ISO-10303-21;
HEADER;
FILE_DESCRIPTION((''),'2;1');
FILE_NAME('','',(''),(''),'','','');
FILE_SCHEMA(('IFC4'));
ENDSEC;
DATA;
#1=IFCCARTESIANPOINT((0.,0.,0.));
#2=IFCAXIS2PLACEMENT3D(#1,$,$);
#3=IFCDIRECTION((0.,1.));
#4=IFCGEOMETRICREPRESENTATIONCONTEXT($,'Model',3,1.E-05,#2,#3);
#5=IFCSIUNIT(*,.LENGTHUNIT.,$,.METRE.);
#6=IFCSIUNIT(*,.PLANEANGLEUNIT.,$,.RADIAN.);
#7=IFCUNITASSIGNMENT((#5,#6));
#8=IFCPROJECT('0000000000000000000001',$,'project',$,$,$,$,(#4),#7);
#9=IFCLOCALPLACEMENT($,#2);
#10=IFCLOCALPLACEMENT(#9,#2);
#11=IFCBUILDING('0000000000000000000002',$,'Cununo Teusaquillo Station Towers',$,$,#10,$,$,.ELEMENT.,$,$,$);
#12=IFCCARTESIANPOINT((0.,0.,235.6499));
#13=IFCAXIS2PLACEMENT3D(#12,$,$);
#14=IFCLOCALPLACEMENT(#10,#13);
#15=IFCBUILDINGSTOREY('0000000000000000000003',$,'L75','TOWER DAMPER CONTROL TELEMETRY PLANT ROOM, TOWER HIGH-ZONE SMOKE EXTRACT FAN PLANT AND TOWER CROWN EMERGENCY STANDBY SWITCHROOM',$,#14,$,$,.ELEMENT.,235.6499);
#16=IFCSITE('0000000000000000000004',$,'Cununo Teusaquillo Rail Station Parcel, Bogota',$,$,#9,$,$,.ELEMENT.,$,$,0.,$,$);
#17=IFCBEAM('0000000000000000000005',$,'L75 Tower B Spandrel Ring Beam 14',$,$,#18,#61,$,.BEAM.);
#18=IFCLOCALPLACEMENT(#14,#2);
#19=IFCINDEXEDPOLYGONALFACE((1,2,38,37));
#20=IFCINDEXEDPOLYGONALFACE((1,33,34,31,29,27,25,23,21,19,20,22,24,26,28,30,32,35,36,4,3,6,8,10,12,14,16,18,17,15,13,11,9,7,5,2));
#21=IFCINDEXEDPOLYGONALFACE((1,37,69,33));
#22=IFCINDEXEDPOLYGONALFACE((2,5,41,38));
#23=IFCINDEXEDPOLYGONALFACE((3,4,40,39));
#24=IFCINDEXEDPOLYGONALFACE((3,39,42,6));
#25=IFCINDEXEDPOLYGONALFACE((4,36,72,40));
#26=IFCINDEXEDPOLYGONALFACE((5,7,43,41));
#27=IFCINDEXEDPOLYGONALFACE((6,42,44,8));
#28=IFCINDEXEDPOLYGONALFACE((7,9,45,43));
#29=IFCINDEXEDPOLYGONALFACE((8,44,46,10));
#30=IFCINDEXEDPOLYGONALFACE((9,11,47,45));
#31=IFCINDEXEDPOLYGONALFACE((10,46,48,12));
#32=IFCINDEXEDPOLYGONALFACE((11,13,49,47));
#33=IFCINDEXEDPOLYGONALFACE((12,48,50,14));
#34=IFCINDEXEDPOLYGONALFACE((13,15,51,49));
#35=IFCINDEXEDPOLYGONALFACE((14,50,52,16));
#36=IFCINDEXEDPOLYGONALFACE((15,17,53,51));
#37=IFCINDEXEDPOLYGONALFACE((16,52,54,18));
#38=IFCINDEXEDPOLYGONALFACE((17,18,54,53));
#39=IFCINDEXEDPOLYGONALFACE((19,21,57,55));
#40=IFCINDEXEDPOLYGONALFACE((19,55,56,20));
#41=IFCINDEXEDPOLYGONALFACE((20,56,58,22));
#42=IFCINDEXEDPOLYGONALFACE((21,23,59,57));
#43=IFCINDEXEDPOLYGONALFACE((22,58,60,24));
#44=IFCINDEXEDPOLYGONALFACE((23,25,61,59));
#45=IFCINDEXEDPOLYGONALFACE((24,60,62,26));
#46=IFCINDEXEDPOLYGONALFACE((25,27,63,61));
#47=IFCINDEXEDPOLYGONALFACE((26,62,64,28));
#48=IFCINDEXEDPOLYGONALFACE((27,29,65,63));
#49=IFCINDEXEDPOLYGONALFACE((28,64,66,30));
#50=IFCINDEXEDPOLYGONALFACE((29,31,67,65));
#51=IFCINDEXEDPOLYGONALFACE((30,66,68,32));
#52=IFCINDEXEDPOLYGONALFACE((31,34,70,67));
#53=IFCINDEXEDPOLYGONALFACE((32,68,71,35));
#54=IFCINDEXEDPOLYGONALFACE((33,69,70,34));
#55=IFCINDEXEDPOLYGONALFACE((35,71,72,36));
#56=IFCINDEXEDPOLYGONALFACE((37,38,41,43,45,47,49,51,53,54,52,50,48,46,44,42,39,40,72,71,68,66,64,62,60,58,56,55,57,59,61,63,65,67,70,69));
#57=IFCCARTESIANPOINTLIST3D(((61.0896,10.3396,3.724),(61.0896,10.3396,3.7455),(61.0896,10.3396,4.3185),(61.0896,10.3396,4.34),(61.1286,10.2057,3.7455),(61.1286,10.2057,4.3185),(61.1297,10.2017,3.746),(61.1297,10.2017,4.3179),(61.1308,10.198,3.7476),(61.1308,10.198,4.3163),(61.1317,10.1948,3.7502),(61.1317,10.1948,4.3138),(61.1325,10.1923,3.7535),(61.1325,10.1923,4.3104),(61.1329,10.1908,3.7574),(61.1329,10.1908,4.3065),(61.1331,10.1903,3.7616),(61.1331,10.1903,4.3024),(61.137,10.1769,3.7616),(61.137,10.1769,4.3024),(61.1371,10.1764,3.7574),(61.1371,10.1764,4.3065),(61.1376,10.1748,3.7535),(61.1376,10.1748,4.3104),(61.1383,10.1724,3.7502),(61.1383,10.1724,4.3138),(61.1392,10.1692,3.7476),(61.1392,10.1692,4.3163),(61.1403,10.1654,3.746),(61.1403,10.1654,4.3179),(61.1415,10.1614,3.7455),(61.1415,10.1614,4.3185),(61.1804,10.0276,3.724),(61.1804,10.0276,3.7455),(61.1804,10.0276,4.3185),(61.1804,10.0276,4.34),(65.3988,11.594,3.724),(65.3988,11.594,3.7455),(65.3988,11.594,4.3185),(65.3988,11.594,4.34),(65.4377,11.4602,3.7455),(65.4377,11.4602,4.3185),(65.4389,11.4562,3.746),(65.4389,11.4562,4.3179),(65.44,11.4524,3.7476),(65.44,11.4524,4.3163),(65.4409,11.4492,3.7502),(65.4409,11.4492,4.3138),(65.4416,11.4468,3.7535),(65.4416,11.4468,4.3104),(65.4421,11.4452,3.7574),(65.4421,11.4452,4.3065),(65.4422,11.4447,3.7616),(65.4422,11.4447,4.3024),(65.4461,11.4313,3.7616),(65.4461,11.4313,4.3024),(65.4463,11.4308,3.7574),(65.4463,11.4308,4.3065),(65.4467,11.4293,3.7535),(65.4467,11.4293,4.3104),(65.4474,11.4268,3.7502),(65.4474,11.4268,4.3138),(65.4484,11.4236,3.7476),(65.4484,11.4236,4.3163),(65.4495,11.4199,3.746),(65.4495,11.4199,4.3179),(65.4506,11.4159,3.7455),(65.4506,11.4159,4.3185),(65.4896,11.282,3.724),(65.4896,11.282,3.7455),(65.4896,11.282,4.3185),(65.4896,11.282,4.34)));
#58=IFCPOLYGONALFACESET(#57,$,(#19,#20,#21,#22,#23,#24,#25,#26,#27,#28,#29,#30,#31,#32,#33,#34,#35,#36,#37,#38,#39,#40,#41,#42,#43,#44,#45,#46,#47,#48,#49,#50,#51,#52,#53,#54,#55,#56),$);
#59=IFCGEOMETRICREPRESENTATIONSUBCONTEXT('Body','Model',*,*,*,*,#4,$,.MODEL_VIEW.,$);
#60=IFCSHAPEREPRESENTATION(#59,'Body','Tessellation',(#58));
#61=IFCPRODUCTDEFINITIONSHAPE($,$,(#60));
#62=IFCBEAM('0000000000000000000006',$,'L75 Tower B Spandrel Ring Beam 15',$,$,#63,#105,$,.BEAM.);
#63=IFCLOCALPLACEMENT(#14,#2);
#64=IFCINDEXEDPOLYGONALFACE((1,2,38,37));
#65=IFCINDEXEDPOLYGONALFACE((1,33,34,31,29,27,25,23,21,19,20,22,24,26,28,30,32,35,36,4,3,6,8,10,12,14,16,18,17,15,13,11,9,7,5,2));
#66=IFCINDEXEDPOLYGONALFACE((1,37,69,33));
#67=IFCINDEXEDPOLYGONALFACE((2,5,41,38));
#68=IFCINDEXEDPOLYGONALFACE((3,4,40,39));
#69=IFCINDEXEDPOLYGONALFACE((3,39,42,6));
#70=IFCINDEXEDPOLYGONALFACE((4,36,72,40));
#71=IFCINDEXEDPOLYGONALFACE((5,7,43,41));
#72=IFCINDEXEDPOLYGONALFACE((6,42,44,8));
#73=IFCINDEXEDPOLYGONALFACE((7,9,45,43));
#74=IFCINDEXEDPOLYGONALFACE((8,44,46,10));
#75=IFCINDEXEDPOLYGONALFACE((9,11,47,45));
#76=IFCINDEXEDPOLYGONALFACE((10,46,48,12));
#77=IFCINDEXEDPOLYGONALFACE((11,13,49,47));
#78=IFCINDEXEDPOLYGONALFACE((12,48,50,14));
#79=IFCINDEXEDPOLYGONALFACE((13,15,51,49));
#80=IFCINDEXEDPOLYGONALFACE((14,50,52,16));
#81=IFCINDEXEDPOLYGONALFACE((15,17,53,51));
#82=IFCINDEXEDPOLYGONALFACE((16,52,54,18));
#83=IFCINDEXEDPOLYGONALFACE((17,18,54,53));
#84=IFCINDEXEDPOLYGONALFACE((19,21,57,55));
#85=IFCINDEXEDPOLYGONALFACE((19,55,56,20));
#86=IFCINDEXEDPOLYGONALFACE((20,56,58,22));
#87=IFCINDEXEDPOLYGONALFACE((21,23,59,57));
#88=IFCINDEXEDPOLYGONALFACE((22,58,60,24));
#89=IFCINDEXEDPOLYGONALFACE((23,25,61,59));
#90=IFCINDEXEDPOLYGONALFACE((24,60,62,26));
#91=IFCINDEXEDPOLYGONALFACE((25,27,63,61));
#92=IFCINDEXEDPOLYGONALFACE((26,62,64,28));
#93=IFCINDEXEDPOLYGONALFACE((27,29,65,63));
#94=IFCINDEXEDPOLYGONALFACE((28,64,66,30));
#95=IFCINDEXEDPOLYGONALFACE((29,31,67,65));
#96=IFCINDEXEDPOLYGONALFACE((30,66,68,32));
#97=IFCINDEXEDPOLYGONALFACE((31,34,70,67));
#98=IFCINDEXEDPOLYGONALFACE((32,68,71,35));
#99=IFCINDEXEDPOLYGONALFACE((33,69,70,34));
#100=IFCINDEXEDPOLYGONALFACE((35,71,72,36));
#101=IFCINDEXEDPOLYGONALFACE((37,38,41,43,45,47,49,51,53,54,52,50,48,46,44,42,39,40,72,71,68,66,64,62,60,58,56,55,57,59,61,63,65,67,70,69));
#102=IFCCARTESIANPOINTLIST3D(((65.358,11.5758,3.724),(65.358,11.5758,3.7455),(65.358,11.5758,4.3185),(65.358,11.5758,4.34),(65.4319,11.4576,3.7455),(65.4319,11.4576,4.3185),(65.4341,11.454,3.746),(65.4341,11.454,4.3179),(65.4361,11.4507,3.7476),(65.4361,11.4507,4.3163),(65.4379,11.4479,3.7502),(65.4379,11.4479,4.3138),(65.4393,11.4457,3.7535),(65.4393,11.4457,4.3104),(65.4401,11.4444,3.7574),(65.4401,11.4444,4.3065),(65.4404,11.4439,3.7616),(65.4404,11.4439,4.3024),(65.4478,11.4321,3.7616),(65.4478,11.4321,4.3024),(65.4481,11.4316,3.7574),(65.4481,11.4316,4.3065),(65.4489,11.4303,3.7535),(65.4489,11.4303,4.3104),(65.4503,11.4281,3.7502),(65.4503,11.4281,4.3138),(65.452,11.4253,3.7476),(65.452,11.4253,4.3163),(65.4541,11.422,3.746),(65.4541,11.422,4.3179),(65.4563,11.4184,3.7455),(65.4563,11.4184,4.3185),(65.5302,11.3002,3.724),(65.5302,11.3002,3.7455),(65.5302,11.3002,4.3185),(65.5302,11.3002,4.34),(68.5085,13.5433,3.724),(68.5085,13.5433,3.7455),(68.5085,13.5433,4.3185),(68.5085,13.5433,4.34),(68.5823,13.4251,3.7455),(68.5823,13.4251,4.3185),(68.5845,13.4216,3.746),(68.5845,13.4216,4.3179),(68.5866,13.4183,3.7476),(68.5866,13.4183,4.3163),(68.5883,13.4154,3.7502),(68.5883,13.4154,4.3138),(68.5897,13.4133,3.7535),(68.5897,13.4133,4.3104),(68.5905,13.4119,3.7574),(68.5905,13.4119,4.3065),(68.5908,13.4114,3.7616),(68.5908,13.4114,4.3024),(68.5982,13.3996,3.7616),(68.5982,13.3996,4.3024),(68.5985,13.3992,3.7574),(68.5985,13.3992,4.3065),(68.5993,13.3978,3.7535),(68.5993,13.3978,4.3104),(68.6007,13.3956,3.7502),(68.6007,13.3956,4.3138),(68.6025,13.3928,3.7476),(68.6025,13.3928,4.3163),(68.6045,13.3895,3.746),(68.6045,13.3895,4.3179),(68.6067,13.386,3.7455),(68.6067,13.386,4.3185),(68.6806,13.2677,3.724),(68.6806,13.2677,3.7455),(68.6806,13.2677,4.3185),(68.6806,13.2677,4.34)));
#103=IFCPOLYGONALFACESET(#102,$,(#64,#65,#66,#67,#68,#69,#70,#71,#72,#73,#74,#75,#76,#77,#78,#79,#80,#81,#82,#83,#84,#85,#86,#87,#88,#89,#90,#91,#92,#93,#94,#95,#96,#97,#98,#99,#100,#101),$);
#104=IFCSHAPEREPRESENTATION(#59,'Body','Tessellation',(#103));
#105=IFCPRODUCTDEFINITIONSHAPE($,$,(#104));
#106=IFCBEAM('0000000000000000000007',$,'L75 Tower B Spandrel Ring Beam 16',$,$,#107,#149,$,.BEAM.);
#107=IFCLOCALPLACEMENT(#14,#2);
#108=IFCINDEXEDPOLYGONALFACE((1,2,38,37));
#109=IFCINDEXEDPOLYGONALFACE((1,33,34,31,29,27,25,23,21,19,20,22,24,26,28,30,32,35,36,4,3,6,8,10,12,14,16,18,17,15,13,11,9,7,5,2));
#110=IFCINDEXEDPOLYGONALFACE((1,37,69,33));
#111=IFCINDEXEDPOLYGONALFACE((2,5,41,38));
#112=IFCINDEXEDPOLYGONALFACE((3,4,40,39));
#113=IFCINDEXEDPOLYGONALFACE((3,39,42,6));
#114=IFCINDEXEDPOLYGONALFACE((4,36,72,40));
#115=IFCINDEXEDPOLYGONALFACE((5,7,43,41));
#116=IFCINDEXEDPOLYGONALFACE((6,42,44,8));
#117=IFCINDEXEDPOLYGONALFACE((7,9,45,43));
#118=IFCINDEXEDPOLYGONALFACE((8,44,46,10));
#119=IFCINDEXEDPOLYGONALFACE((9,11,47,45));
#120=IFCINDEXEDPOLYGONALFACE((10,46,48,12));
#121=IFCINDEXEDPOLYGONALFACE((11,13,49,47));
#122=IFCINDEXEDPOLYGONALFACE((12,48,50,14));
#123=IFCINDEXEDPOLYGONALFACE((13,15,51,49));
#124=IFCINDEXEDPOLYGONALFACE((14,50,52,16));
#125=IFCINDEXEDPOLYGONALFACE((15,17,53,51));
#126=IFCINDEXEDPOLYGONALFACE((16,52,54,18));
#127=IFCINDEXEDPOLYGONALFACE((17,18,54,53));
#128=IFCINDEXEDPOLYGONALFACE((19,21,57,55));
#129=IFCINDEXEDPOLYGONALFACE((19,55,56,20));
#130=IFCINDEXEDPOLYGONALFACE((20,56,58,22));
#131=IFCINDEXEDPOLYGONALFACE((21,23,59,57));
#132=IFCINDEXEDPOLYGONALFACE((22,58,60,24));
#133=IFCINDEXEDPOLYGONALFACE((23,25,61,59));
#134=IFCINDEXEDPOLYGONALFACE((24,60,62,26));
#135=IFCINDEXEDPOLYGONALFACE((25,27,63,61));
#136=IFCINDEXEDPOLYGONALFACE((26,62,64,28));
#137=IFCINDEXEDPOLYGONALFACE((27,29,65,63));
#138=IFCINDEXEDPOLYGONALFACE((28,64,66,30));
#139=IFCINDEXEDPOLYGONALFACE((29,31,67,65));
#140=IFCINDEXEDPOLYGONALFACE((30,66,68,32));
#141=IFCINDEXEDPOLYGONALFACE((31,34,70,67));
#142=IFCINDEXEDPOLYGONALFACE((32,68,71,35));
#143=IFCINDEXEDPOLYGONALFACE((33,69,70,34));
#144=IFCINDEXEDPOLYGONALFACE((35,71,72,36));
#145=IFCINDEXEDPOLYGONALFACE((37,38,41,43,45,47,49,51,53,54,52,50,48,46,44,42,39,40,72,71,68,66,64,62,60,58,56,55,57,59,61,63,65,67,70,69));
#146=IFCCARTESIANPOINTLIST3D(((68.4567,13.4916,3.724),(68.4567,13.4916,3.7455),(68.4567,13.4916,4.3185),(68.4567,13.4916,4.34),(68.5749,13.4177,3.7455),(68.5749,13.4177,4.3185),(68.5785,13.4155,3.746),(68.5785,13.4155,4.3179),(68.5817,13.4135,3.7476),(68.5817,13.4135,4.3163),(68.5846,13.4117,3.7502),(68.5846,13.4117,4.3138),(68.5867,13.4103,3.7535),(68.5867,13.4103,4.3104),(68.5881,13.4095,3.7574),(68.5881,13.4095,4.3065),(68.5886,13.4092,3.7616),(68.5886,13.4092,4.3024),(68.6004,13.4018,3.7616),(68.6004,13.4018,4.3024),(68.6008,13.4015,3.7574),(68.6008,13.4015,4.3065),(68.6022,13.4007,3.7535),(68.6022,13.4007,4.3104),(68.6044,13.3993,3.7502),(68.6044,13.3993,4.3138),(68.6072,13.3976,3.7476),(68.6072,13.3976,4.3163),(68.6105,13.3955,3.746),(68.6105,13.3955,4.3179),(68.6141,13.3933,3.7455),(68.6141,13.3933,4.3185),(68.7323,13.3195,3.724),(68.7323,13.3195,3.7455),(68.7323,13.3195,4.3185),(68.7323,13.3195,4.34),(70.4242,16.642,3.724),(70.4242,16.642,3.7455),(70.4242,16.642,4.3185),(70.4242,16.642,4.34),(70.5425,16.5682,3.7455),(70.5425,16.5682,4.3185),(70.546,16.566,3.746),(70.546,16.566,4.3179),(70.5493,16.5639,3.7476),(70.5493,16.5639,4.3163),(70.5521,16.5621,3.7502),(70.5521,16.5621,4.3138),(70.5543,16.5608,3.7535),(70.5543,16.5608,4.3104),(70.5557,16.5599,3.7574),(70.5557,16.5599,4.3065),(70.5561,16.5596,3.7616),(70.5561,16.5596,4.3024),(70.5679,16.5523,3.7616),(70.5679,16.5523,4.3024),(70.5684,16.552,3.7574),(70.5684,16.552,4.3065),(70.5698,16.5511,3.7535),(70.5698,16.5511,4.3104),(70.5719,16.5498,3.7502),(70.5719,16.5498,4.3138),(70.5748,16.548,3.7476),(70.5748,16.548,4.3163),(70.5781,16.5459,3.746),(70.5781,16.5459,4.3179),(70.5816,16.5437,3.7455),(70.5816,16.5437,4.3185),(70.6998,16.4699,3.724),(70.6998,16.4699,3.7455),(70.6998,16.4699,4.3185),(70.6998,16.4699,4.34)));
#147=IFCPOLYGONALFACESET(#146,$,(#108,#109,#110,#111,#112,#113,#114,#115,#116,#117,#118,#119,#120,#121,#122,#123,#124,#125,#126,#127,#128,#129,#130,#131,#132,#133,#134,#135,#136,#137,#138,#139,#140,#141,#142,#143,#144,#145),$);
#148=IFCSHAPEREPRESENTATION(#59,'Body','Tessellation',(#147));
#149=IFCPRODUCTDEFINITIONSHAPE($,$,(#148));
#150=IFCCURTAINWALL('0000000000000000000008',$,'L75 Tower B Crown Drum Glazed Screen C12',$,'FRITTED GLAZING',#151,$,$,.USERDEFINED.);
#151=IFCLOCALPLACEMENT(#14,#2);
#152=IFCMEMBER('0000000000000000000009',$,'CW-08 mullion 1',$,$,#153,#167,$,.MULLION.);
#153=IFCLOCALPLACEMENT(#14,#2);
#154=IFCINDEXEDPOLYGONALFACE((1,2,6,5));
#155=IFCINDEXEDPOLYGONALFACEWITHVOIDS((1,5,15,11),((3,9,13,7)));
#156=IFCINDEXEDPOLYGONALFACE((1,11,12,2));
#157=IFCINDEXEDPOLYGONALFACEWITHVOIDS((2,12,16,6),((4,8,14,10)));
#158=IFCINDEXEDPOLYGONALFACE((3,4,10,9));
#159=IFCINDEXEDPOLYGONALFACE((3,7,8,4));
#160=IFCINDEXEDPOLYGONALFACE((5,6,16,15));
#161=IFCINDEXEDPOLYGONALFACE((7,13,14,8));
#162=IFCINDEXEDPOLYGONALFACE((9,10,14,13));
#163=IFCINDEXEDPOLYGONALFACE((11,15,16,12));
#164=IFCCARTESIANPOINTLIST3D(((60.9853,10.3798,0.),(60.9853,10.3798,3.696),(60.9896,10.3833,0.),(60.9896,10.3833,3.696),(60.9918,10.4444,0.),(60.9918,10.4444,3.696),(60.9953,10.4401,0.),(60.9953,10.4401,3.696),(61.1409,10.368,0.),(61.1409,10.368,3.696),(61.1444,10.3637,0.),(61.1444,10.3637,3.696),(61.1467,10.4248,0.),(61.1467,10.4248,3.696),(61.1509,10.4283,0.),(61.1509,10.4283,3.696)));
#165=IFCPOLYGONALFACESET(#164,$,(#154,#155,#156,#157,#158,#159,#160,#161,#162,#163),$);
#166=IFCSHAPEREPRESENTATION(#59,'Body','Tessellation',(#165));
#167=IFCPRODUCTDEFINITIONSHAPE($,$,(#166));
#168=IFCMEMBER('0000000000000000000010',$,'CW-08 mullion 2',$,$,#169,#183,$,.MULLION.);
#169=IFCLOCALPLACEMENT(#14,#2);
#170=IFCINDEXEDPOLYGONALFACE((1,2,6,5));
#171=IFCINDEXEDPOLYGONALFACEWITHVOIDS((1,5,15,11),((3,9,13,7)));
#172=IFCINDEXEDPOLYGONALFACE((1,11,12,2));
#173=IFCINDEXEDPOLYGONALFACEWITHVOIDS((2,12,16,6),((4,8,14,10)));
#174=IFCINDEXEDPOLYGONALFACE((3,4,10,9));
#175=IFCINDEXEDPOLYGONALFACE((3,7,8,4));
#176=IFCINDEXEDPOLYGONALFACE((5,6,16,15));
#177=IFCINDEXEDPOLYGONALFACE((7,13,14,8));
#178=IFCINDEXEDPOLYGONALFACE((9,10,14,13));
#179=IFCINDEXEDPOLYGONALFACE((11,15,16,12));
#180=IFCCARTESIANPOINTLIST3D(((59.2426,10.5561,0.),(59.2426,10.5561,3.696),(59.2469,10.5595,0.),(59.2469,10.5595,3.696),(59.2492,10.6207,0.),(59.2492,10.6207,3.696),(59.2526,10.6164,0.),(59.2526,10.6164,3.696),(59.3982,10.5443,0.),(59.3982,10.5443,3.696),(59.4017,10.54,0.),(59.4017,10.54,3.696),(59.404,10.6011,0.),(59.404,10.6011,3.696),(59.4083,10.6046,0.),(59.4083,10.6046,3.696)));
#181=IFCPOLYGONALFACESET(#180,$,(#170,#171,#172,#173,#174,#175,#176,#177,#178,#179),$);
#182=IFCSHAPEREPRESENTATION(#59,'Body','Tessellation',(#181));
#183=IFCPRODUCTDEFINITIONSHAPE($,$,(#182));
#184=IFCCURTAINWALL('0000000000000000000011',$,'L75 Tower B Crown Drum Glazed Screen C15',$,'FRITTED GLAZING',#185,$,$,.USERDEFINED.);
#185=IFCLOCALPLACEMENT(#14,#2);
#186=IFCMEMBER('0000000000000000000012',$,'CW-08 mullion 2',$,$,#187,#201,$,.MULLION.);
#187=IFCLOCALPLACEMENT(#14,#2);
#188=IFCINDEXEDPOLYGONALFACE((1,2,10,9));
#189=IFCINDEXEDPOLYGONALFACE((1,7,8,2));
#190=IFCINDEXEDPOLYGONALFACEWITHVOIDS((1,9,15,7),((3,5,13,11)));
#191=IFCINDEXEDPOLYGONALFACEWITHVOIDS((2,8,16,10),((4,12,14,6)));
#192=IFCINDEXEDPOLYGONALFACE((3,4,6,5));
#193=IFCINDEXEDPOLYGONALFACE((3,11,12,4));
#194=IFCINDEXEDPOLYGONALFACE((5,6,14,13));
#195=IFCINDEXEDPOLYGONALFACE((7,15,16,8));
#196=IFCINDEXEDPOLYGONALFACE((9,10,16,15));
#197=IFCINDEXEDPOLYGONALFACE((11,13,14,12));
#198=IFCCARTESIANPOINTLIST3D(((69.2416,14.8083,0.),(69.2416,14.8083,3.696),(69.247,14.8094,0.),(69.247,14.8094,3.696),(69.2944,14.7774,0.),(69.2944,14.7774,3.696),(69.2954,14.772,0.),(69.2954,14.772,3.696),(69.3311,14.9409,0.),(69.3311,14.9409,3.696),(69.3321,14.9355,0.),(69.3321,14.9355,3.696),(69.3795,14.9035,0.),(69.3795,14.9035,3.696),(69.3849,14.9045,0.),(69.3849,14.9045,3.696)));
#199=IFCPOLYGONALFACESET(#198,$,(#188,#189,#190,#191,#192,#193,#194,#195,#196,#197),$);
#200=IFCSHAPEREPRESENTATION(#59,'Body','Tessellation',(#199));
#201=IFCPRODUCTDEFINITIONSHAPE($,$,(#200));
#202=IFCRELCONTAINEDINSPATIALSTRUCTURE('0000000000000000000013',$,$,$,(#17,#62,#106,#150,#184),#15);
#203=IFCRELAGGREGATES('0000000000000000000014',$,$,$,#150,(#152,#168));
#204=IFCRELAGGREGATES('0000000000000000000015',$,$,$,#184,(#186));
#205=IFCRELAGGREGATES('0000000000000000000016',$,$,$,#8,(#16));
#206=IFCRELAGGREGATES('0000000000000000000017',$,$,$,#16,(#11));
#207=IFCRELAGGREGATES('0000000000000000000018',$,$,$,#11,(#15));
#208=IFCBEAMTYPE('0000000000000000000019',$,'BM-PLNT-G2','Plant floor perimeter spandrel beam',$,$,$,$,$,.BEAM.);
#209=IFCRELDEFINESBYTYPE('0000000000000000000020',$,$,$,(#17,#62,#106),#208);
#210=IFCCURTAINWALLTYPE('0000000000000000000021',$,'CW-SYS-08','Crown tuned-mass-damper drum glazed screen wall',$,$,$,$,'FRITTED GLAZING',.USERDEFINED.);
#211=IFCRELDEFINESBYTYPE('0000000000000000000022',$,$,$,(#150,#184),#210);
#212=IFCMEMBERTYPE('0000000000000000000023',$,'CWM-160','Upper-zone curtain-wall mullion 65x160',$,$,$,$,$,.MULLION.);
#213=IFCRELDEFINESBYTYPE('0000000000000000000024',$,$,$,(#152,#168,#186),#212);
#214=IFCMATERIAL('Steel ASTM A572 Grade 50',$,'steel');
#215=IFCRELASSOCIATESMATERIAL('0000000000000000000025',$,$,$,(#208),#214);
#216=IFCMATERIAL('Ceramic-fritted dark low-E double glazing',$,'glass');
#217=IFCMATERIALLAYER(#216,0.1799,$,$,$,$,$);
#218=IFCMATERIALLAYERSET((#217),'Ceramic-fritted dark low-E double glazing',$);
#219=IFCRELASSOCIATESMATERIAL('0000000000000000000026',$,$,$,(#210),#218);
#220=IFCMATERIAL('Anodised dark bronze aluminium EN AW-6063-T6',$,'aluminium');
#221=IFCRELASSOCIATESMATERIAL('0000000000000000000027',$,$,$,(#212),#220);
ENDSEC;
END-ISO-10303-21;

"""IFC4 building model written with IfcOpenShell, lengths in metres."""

from ifc_helpers import new_model, si_unit, direction, frame, origin, origin_2d, place, context, subcontext, project, spatial, hollow_rectangle, i_section, extrude, material, layer, layer_set, material_profile, profile_set, type_object, element, aggregate, save


model = new_model("IFC4")

# Units and contexts
model_context = context("Model", 3, precision=1e-05, world=origin(), true_north=direction((0.0, 1.0)))
body_context = subcontext(model_context, "Body", "Model", "MODEL_VIEW")
ifc_project = project(units=[si_unit("LENGTHUNIT", "METRE"), si_unit("PLANEANGLEUNIT", "RADIAN")], contexts=[model_context])

# Site, building, storey
site_placement = place(None, origin())
site = spatial("IfcSite", under=ifc_project, at=site_placement, Name="Cununo Teusaquillo Rail Station Parcel, Bogota", CompositionType="ELEMENT", RefElevation=0.0)
building_placement = place(site_placement, origin())
building = spatial("IfcBuilding", under=site, at=building_placement, Name="Cununo Teusaquillo Station Towers", CompositionType="ELEMENT")
storey_placement = place(building_placement, frame((0.0, 0.0, 235.6499)))
storey = spatial("IfcBuildingStorey", under=building, at=storey_placement, Name="L75", Description="TOWER DAMPER CONTROL TELEMETRY PLANT ROOM, TOWER HIGH-ZONE SMOKE EXTRACT FAN PLANT AND TOWER CROWN EMERGENCY STANDBY SWITCHROOM", CompositionType="ELEMENT", Elevation=235.6499)

# Beams
ifc_material_1 = material(Name="Steel ASTM A572 Grade 50", Category="steel")
ifc_material_profile_1 = material_profile(ifc_material_1, i_section(OverallWidth=0.325, OverallDepth=0.616, WebThickness=0.0139, FlangeThickness=0.0215, FilletRadius=0.0161, at=origin_2d()), Name="W24X117")
ifc_profile_set_1 = profile_set([ifc_material_profile_1], Name="Steel ASTM A572 Grade 50")
beam_type_1 = type_object("IfcBeamType", Name="BM-PLNT-G2", Description="Plant floor perimeter spandrel beam", PredefinedType="BEAM", material=ifc_profile_set_1)
beam_1_placement = place(storey_placement, frame((61.135, 10.1836, 4.032), z_axis=(0.960145, 0.279503, 0.0), x_axis=(-0.279503, 0.960145, 0.0)))
element("IfcBeam", 1, at=beam_1_placement, inside=storey, type_object=beam_type_1, Name="L75 Tower B Spandrel Ring Beam 14", PredefinedType="BEAM", context=body_context, shape_type="SweptSolid", body=[
    extrude(i_section(OverallWidth=0.325, OverallDepth=0.616, WebThickness=0.0139, FlangeThickness=0.0215, FilletRadius=0.0161, at=origin_2d()), origin(), (0.0, 0.0, 1.0), 4.488),
])
for number, where, z_axis, x_axis, name in (
    (2, (65.4441, 11.438, 4.032), (0.848176, 0.529715, 0.0), (-0.529715, 0.848176, 0.0), "L75 Tower B Spandrel Ring Beam 15"),
    (3, (68.5945, 13.4055, 4.032), (0.529715, 0.848176, 0.0), (-0.848176, 0.529715, 0.0), "L75 Tower B Spandrel Ring Beam 16"),
):
    element("IfcBeam", number, at=place(storey_placement, frame(where, z_axis=z_axis, x_axis=x_axis)), inside=storey, type_object=beam_type_1, Name=name, PredefinedType="BEAM", context=body_context, shape_type="SweptSolid", body=[
        extrude(i_section(OverallWidth=0.325, OverallDepth=0.616, WebThickness=0.0139, FlangeThickness=0.0215, FilletRadius=0.0161, at=origin_2d()), origin(), (0.0, 0.0, 1.0), 3.7144),
    ])

# Curtain walls, members
ifc_material_2 = material(Name="Ceramic-fritted dark low-E double glazing", Category="glass")
ifc_layer_1 = layer(ifc_material_2, 0.1799)
ifc_layer_set_1 = layer_set([ifc_layer_1], Name="Ceramic-fritted dark low-E double glazing")
curtain_wall_type = type_object("IfcCurtainWallType", Name="CW-SYS-08", Description="Crown tuned-mass-damper drum glazed screen wall", ElementType="FRITTED GLAZING", PredefinedType="USERDEFINED", material=ifc_layer_set_1)
curtain_wall_1_placement = place(storey_placement, origin())
curtain_wall_1 = element("IfcCurtainWall", 4, at=curtain_wall_1_placement, inside=storey, type_object=curtain_wall_type, Name="L75 Tower B Crown Drum Glazed Screen C12", ObjectType="FRITTED GLAZING", PredefinedType="USERDEFINED")
ifc_material_3 = material(Name="Anodised dark bronze aluminium EN AW-6063-T6", Category="aluminium")
ifc_material_profile_2 = material_profile(ifc_material_3, hollow_rectangle(XDim=0.0649, YDim=0.1599, WallThickness=0.0039, at=origin_2d()), Name="CW-MULL-65x160")
ifc_profile_set_2 = profile_set([ifc_material_profile_2], Name="Anodised dark bronze aluminium EN AW-6063-T6")
member_type_1 = type_object("IfcMemberType", Name="CWM-160", Description="Upper-zone curtain-wall mullion 65x160", PredefinedType="MULLION", material=ifc_profile_set_2)
member_1_placement = place(storey_placement, frame((61.0681, 10.4041, 0.0), z_axis=(0.0, 0.0, 1.0), x_axis=(-0.100528, -0.994934, 0.0)))
member_1 = element("IfcMember", 5, at=member_1_placement, type_object=member_type_1, Name="CW-08 mullion 1", PredefinedType="MULLION", context=body_context, shape_type="SweptSolid", body=[
    extrude(hollow_rectangle(XDim=0.0649, YDim=0.1599, WallThickness=0.0039, at=origin_2d()), origin(), (0.0, 0.0, 1.0), 3.696),
])
member_2_placement = place(storey_placement, frame((59.3254, 10.5803, 0.0), z_axis=(0.0, 0.0, 1.0), x_axis=(-0.100528, -0.994934, 0.0)))
member_2 = element("IfcMember", 6, at=member_2_placement, type_object=member_type_1, Name="CW-08 mullion 2", PredefinedType="MULLION", context=body_context, shape_type="SweptSolid", body=[
    extrude(hollow_rectangle(XDim=0.0649, YDim=0.1599, WallThickness=0.0039, at=origin_2d()), origin(), (0.0, 0.0, 1.0), 3.696),
])
curtain_wall_2_placement = place(storey_placement, origin())
curtain_wall_2 = element("IfcCurtainWall", 7, at=curtain_wall_2_placement, inside=storey, type_object=curtain_wall_type, Name="L75 Tower B Crown Drum Glazed Screen C15", ObjectType="FRITTED GLAZING", PredefinedType="USERDEFINED")
member_3_placement = place(storey_placement, frame((69.3132, 14.8564, 0.0), z_axis=(0.0, 0.0, 1.0), x_axis=(0.828827, -0.559505, 0.0)))
member_3 = element("IfcMember", 8, at=member_3_placement, type_object=member_type_1, Name="CW-08 mullion 2", PredefinedType="MULLION", context=body_context, shape_type="SweptSolid", body=[
    extrude(hollow_rectangle(XDim=0.0649, YDim=0.1599, WallThickness=0.0039, at=origin_2d()), origin(), (0.0, 0.0, 1.0), 3.696),
])

aggregate(curtain_wall_1, [member_1, member_2])
aggregate(curtain_wall_2, [member_3])

save(model, "model.ifc")
